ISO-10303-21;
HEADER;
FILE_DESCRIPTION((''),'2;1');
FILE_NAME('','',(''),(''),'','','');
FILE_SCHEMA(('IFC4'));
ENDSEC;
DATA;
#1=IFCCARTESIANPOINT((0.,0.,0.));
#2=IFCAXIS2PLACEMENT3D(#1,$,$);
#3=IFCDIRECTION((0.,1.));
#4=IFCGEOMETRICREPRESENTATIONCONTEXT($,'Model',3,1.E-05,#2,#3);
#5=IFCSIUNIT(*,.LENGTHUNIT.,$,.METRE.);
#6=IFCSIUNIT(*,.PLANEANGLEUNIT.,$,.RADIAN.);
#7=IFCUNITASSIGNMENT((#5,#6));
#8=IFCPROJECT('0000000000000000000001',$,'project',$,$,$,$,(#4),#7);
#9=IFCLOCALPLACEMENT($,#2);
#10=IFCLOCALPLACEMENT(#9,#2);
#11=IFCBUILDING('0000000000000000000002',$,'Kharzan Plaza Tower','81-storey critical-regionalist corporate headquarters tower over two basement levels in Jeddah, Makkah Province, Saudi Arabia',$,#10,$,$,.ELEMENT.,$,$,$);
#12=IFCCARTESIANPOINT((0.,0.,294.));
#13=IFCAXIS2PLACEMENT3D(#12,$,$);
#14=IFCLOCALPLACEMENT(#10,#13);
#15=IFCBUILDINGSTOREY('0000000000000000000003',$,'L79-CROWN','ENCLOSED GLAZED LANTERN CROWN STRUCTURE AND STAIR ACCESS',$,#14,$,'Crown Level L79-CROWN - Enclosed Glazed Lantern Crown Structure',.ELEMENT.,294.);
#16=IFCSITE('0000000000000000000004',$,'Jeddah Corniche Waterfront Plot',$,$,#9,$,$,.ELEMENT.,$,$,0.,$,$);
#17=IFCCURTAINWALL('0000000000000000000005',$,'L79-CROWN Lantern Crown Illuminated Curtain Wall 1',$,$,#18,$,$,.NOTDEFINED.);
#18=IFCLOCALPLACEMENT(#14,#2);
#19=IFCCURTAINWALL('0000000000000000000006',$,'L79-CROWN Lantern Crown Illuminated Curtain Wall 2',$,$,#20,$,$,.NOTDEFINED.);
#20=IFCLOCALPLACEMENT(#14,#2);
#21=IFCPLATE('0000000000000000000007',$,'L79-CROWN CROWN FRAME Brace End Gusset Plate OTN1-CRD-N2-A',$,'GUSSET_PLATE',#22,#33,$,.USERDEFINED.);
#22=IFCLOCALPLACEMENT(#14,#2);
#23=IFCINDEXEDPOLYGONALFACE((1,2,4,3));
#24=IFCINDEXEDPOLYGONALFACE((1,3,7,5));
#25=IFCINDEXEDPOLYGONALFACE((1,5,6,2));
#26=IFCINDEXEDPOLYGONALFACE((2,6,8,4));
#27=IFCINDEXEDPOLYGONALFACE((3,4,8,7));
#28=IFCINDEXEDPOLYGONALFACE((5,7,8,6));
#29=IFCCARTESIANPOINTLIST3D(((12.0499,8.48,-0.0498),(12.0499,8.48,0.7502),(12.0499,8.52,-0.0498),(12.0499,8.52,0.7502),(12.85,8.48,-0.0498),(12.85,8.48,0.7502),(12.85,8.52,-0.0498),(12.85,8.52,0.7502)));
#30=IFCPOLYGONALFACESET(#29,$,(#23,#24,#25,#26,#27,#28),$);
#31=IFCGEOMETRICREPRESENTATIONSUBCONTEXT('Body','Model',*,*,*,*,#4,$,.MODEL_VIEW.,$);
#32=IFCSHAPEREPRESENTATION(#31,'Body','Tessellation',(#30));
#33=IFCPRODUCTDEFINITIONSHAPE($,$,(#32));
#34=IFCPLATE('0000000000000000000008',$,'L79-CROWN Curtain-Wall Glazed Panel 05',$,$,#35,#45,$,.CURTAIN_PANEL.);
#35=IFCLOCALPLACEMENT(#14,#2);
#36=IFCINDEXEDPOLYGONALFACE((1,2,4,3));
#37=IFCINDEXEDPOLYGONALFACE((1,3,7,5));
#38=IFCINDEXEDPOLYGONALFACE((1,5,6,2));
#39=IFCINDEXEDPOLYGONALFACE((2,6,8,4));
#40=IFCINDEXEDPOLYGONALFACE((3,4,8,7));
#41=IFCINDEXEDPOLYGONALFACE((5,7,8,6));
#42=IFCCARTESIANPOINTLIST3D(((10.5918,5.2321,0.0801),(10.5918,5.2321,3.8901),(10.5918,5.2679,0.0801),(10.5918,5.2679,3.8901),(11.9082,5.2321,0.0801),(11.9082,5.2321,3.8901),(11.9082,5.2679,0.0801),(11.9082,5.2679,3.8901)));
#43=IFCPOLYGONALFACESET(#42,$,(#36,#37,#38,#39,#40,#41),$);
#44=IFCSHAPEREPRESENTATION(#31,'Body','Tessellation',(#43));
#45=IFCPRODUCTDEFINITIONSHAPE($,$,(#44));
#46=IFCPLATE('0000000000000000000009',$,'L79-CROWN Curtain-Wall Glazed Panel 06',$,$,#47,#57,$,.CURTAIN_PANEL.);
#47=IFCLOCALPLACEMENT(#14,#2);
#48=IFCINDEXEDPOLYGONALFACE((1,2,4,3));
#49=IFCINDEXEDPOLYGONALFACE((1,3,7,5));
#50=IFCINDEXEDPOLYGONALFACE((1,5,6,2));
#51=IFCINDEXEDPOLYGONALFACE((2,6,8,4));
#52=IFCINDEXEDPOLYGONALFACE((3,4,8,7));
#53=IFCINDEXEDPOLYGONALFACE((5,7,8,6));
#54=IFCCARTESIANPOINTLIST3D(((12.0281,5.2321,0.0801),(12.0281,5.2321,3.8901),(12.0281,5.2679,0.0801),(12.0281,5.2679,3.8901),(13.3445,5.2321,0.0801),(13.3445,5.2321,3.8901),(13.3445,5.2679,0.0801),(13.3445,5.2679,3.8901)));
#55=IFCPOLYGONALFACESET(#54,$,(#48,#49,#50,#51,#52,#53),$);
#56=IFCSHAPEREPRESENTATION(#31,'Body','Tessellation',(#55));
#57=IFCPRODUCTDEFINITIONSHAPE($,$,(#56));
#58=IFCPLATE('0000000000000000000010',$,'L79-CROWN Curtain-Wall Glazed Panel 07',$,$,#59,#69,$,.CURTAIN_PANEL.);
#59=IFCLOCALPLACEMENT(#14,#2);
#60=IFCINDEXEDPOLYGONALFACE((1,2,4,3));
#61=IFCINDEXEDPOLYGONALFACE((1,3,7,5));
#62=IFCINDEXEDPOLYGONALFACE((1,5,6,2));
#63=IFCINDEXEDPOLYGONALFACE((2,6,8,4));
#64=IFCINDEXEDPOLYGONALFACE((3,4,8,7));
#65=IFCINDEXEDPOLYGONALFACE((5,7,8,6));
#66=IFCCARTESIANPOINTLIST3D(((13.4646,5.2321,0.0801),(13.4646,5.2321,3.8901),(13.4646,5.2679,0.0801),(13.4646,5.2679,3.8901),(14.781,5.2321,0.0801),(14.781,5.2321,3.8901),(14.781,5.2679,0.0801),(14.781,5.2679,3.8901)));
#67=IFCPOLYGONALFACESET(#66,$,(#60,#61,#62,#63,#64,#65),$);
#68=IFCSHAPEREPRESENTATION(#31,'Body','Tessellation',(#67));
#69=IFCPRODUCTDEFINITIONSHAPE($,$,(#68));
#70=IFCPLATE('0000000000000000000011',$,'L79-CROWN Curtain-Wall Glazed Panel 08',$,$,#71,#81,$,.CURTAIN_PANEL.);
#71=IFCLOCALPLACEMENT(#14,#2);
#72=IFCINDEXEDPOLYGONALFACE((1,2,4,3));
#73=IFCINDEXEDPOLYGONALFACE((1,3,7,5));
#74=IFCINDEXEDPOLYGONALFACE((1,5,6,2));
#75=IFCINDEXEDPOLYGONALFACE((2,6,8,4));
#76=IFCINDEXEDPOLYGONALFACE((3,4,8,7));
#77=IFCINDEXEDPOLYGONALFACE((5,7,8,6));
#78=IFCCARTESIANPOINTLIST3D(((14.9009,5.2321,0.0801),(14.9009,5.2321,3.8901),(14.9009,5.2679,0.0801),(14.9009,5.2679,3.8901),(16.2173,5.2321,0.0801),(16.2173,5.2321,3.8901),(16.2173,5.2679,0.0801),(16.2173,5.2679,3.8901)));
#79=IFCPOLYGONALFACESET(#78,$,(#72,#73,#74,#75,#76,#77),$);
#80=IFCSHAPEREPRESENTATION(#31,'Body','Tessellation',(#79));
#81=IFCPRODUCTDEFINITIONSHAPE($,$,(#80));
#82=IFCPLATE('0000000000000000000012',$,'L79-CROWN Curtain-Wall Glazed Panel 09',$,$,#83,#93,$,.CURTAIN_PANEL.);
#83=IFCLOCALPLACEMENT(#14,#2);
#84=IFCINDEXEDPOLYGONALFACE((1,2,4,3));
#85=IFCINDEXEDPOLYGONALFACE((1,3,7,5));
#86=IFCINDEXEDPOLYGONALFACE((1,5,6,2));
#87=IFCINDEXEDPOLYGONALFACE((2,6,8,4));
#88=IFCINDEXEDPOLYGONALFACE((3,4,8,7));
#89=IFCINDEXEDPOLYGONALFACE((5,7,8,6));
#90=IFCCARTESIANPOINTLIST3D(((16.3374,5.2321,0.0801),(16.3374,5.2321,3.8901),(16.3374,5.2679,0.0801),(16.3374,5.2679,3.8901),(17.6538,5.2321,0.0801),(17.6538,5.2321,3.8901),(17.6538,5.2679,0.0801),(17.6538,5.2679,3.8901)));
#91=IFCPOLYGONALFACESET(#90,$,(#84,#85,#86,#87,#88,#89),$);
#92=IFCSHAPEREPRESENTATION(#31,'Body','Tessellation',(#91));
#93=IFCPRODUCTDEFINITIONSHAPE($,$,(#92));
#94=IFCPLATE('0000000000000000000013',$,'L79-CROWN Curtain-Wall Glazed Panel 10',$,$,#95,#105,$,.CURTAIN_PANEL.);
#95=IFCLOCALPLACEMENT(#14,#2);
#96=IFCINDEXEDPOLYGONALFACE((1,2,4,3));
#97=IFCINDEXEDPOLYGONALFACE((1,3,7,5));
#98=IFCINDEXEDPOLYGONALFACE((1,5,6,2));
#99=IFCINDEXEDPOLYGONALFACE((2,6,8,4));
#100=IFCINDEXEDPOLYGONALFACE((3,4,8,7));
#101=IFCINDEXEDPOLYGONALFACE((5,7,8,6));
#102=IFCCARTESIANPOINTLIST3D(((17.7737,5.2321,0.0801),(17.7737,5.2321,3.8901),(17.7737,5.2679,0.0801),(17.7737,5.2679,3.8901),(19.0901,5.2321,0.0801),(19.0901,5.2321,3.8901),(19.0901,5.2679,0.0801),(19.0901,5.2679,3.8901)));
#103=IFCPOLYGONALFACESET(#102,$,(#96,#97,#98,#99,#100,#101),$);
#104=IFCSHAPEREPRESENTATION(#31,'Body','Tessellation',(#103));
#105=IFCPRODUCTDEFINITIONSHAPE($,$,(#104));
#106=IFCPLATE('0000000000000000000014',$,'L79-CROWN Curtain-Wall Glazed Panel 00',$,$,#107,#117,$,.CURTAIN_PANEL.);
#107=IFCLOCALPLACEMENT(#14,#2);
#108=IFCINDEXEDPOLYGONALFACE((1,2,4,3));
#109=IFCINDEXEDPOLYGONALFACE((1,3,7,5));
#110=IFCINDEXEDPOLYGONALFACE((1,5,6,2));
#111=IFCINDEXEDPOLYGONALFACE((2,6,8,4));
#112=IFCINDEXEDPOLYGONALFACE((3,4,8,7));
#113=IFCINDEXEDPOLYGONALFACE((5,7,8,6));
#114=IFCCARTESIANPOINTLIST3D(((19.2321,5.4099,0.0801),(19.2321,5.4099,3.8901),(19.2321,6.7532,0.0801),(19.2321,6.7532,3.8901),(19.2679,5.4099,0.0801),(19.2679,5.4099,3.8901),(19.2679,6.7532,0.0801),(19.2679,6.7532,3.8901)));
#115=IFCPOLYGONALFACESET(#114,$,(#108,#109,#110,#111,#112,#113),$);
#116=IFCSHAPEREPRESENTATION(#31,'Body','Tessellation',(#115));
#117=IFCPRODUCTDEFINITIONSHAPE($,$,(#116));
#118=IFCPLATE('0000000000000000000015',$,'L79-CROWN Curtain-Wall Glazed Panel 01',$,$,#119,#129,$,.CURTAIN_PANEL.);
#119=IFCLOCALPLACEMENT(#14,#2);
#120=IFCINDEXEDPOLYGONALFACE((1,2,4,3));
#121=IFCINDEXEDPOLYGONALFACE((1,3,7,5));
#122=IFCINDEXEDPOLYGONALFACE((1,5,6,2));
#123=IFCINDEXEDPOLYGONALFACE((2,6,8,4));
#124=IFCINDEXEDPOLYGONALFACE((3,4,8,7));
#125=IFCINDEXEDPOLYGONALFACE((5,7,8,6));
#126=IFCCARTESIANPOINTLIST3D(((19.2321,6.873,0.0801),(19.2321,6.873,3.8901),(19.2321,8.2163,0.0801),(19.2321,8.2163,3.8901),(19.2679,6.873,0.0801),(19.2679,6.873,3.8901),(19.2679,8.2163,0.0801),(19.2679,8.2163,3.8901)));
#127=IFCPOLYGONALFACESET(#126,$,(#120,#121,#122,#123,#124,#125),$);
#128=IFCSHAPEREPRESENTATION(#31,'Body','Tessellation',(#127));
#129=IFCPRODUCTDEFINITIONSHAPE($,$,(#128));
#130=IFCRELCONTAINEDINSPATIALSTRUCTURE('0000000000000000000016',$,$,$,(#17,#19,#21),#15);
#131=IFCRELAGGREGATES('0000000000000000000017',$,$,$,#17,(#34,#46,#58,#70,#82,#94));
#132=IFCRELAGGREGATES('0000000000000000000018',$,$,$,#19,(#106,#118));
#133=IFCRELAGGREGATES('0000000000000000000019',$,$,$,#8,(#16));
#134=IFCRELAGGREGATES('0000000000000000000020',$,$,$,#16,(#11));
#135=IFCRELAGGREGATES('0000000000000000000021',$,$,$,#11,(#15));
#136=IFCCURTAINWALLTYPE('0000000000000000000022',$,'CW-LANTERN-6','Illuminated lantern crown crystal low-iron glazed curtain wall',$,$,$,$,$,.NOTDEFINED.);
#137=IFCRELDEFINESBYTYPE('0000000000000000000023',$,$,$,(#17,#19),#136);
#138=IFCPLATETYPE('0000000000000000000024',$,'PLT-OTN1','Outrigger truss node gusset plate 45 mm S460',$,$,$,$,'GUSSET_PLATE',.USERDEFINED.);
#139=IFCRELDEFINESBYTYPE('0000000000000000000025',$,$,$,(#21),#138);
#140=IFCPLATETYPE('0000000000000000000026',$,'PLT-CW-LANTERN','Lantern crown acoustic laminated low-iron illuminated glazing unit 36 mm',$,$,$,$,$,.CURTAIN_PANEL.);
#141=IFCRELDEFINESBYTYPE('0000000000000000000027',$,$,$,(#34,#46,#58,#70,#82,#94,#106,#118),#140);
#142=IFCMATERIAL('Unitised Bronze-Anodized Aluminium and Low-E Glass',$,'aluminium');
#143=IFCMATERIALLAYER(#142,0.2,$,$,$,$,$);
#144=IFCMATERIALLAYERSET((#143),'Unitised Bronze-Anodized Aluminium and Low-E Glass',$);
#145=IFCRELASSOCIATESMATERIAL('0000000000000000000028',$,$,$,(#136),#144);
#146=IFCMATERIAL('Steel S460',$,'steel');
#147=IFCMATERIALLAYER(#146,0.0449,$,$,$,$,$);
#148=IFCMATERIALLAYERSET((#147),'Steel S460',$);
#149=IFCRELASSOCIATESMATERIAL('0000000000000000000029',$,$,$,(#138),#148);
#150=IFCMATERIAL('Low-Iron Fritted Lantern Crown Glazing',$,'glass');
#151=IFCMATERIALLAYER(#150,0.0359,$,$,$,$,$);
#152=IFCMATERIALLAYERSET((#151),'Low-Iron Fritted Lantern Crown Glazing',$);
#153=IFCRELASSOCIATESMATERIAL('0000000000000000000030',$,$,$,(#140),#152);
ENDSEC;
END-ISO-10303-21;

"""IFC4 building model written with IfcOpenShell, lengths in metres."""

from ifc_helpers import new_model, si_unit, direction, frame, origin, origin_2d, place, context, subcontext, project, spatial, rectangle, extrude, source, transform, mapped, material, layer, layer_set, type_object, element, aggregate, save


model = new_model("IFC4")

# Units and contexts
model_context = context("Model", 3, precision=1e-05, world=origin(), true_north=direction((0.0, 1.0)))
body_context = subcontext(model_context, "Body", "Model", "MODEL_VIEW")
ifc_project = project(units=[si_unit("LENGTHUNIT", "METRE"), si_unit("PLANEANGLEUNIT", "RADIAN")], contexts=[model_context])

# Site, building, storey
site_placement = place(None, origin())
site = spatial("IfcSite", under=ifc_project, at=site_placement, Name="Jeddah Corniche Waterfront Plot", CompositionType="ELEMENT", RefElevation=0.0)
building_placement = place(site_placement, origin())
building = spatial("IfcBuilding", under=site, at=building_placement, Name="Kharzan Plaza Tower", Description="81-storey critical-regionalist corporate headquarters tower over two basement levels in Jeddah, Makkah Province, Saudi Arabia", CompositionType="ELEMENT")
storey_placement = place(building_placement, frame((0.0, 0.0, 294.0)))
storey = spatial("IfcBuildingStorey", under=building, at=storey_placement, Name="L79-CROWN", Description="ENCLOSED GLAZED LANTERN CROWN STRUCTURE AND STAIR ACCESS", LongName="Crown Level L79-CROWN - Enclosed Glazed Lantern Crown Structure", CompositionType="ELEMENT", Elevation=294.0)

# Curtain walls
ifc_material_1 = material(Name="Unitised Bronze-Anodized Aluminium and Low-E Glass", Category="aluminium")
ifc_layer_1 = layer(ifc_material_1, 0.2)
ifc_layer_set_1 = layer_set([ifc_layer_1], Name="Unitised Bronze-Anodized Aluminium and Low-E Glass")
curtain_wall_type = type_object("IfcCurtainWallType", Name="CW-LANTERN-6", Description="Illuminated lantern crown crystal low-iron glazed curtain wall", PredefinedType="NOTDEFINED", material=ifc_layer_set_1)
curtain_wall_1_placement = place(storey_placement, origin())
curtain_wall_1 = element("IfcCurtainWall", 1, at=curtain_wall_1_placement, inside=storey, type_object=curtain_wall_type, Name="L79-CROWN Lantern Crown Illuminated Curtain Wall 1", PredefinedType="NOTDEFINED")
curtain_wall_2_placement = place(storey_placement, origin())
curtain_wall_2 = element("IfcCurtainWall", 2, at=curtain_wall_2_placement, inside=storey, type_object=curtain_wall_type, Name="L79-CROWN Lantern Crown Illuminated Curtain Wall 2", PredefinedType="NOTDEFINED")

# Plates
ifc_material_2 = material(Name="Steel S460", Category="steel")
ifc_layer_2 = layer(ifc_material_2, 0.0449)
ifc_layer_set_2 = layer_set([ifc_layer_2], Name="Steel S460")
plate_type_1 = type_object("IfcPlateType", Name="PLT-OTN1", Description="Outrigger truss node gusset plate 45 mm S460", ElementType="GUSSET_PLATE", PredefinedType="USERDEFINED", material=ifc_layer_set_2)
shared_shape_1 = source(origin(), body_context, "Body", "SweptSolid", [
    extrude(rectangle(XDim=0.8, YDim=0.04, at=origin_2d()), origin(), (0.0, 0.0, 1.0), 0.8),
])
plate_1_placement = place(storey_placement, frame((12.45, 8.5, -0.0498), z_axis=(0.0, 0.0, 1.0), x_axis=(1.0, 0.0, 0.0)))
element("IfcPlate", 3, at=plate_1_placement, inside=storey, type_object=plate_type_1, Name="L79-CROWN CROWN FRAME Brace End Gusset Plate OTN1-CRD-N2-A", ObjectType="GUSSET_PLATE", PredefinedType="USERDEFINED", context=body_context, shape_type="MappedRepresentation", body=[
    mapped(shared_shape_1, transform((0.0, 0.0, 0.0), x_axis=(1.0, 0.0, 0.0), y_axis=(0.0, 1.0, 0.0), z_axis=(0.0, 0.0, 1.0))),
])
ifc_material_3 = material(Name="Low-Iron Fritted Lantern Crown Glazing", Category="glass")
ifc_layer_3 = layer(ifc_material_3, 0.0359)
ifc_layer_set_3 = layer_set([ifc_layer_3], Name="Low-Iron Fritted Lantern Crown Glazing")
plate_type_2 = type_object("IfcPlateType", Name="PLT-CW-LANTERN", Description="Lantern crown acoustic laminated low-iron illuminated glazing unit 36 mm", PredefinedType="CURTAIN_PANEL", material=ifc_layer_set_3)
shared_shape_2 = source(origin(), body_context, "Body", "SweptSolid", [
    extrude(rectangle(XDim=1.3164, YDim=0.0359, at=origin_2d()), origin(), (0.0, 0.0, 1.0), 3.8101),
])
plate_2_placement = place(storey_placement, frame((11.25, 5.25, 0.0801), z_axis=(0.0, 0.0, 1.0), x_axis=(1.0, 0.0, 0.0)))
plate_2 = element("IfcPlate", 4, at=plate_2_placement, type_object=plate_type_2, Name="L79-CROWN Curtain-Wall Glazed Panel 05", PredefinedType="CURTAIN_PANEL", context=body_context, shape_type="MappedRepresentation", body=[
    mapped(shared_shape_2, transform((0.0, 0.0, 0.0), x_axis=(1.0, 0.0, 0.0), y_axis=(0.0, 1.0, 0.0), z_axis=(0.0, 0.0, 1.0))),
])
plate_3_placement = place(storey_placement, frame((12.6863, 5.25, 0.0801), z_axis=(0.0, 0.0, 1.0), x_axis=(1.0, 0.0, 0.0)))
plate_3 = element("IfcPlate", 5, at=plate_3_placement, type_object=plate_type_2, Name="L79-CROWN Curtain-Wall Glazed Panel 06", PredefinedType="CURTAIN_PANEL", context=body_context, shape_type="MappedRepresentation", body=[
    mapped(shared_shape_2, transform((0.0, 0.0, 0.0), x_axis=(1.0, 0.0, 0.0), y_axis=(0.0, 1.0, 0.0), z_axis=(0.0, 0.0, 1.0))),
])
plate_4_placement = place(storey_placement, frame((14.1228, 5.25, 0.0801), z_axis=(0.0, 0.0, 1.0), x_axis=(1.0, 0.0, 0.0)))
plate_4 = element("IfcPlate", 6, at=plate_4_placement, type_object=plate_type_2, Name="L79-CROWN Curtain-Wall Glazed Panel 07", PredefinedType="CURTAIN_PANEL", context=body_context, shape_type="MappedRepresentation", body=[
    mapped(shared_shape_2, transform((0.0, 0.0, 0.0), x_axis=(1.0, 0.0, 0.0), y_axis=(0.0, 1.0, 0.0), z_axis=(0.0, 0.0, 1.0))),
])
plate_5_placement = place(storey_placement, frame((15.5591, 5.25, 0.0801), z_axis=(0.0, 0.0, 1.0), x_axis=(1.0, 0.0, 0.0)))
plate_5 = element("IfcPlate", 7, at=plate_5_placement, type_object=plate_type_2, Name="L79-CROWN Curtain-Wall Glazed Panel 08", PredefinedType="CURTAIN_PANEL", context=body_context, shape_type="MappedRepresentation", body=[
    mapped(shared_shape_2, transform((0.0, 0.0, 0.0), x_axis=(1.0, 0.0, 0.0), y_axis=(0.0, 1.0, 0.0), z_axis=(0.0, 0.0, 1.0))),
])
plate_6_placement = place(storey_placement, frame((16.9956, 5.25, 0.0801), z_axis=(0.0, 0.0, 1.0), x_axis=(1.0, 0.0, 0.0)))
plate_6 = element("IfcPlate", 8, at=plate_6_placement, type_object=plate_type_2, Name="L79-CROWN Curtain-Wall Glazed Panel 09", PredefinedType="CURTAIN_PANEL", context=body_context, shape_type="MappedRepresentation", body=[
    mapped(shared_shape_2, transform((0.0, 0.0, 0.0), x_axis=(1.0, 0.0, 0.0), y_axis=(0.0, 1.0, 0.0), z_axis=(0.0, 0.0, 1.0))),
])
plate_7_placement = place(storey_placement, frame((18.4319, 5.25, 0.0801), z_axis=(0.0, 0.0, 1.0), x_axis=(1.0, 0.0, 0.0)))
plate_7 = element("IfcPlate", 9, at=plate_7_placement, type_object=plate_type_2, Name="L79-CROWN Curtain-Wall Glazed Panel 10", PredefinedType="CURTAIN_PANEL", context=body_context, shape_type="MappedRepresentation", body=[
    mapped(shared_shape_2, transform((0.0, 0.0, 0.0), x_axis=(1.0, 0.0, 0.0), y_axis=(0.0, 1.0, 0.0), z_axis=(0.0, 0.0, 1.0))),
])
aggregate(curtain_wall_1, [plate_2, plate_3, plate_4, plate_5, plate_6, plate_7])
shared_shape_3 = source(origin(), body_context, "Body", "SweptSolid", [
    extrude(rectangle(XDim=1.3433, YDim=0.0359, at=origin_2d()), origin(), (0.0, 0.0, 1.0), 3.8101),
])
plate_8_placement = place(storey_placement, frame((19.25, 6.0815, 0.0801), z_axis=(0.0, 0.0, 1.0), x_axis=(0.0, 1.0, 0.0)))
plate_8 = element("IfcPlate", 10, at=plate_8_placement, type_object=plate_type_2, Name="L79-CROWN Curtain-Wall Glazed Panel 00", PredefinedType="CURTAIN_PANEL", context=body_context, shape_type="MappedRepresentation", body=[
    mapped(shared_shape_3, transform((0.0, 0.0, 0.0), x_axis=(1.0, 0.0, 0.0), y_axis=(0.0, 1.0, 0.0), z_axis=(0.0, 0.0, 1.0))),
])
plate_9_placement = place(storey_placement, frame((19.25, 7.5447, 0.0801), z_axis=(0.0, 0.0, 1.0), x_axis=(0.0, 1.0, 0.0)))
plate_9 = element("IfcPlate", 11, at=plate_9_placement, type_object=plate_type_2, Name="L79-CROWN Curtain-Wall Glazed Panel 01", PredefinedType="CURTAIN_PANEL", context=body_context, shape_type="MappedRepresentation", body=[
    mapped(shared_shape_3, transform((0.0, 0.0, 0.0), x_axis=(1.0, 0.0, 0.0), y_axis=(0.0, 1.0, 0.0), z_axis=(0.0, 0.0, 1.0))),
])
aggregate(curtain_wall_2, [plate_8, plate_9])

save(model, "model.ifc")
